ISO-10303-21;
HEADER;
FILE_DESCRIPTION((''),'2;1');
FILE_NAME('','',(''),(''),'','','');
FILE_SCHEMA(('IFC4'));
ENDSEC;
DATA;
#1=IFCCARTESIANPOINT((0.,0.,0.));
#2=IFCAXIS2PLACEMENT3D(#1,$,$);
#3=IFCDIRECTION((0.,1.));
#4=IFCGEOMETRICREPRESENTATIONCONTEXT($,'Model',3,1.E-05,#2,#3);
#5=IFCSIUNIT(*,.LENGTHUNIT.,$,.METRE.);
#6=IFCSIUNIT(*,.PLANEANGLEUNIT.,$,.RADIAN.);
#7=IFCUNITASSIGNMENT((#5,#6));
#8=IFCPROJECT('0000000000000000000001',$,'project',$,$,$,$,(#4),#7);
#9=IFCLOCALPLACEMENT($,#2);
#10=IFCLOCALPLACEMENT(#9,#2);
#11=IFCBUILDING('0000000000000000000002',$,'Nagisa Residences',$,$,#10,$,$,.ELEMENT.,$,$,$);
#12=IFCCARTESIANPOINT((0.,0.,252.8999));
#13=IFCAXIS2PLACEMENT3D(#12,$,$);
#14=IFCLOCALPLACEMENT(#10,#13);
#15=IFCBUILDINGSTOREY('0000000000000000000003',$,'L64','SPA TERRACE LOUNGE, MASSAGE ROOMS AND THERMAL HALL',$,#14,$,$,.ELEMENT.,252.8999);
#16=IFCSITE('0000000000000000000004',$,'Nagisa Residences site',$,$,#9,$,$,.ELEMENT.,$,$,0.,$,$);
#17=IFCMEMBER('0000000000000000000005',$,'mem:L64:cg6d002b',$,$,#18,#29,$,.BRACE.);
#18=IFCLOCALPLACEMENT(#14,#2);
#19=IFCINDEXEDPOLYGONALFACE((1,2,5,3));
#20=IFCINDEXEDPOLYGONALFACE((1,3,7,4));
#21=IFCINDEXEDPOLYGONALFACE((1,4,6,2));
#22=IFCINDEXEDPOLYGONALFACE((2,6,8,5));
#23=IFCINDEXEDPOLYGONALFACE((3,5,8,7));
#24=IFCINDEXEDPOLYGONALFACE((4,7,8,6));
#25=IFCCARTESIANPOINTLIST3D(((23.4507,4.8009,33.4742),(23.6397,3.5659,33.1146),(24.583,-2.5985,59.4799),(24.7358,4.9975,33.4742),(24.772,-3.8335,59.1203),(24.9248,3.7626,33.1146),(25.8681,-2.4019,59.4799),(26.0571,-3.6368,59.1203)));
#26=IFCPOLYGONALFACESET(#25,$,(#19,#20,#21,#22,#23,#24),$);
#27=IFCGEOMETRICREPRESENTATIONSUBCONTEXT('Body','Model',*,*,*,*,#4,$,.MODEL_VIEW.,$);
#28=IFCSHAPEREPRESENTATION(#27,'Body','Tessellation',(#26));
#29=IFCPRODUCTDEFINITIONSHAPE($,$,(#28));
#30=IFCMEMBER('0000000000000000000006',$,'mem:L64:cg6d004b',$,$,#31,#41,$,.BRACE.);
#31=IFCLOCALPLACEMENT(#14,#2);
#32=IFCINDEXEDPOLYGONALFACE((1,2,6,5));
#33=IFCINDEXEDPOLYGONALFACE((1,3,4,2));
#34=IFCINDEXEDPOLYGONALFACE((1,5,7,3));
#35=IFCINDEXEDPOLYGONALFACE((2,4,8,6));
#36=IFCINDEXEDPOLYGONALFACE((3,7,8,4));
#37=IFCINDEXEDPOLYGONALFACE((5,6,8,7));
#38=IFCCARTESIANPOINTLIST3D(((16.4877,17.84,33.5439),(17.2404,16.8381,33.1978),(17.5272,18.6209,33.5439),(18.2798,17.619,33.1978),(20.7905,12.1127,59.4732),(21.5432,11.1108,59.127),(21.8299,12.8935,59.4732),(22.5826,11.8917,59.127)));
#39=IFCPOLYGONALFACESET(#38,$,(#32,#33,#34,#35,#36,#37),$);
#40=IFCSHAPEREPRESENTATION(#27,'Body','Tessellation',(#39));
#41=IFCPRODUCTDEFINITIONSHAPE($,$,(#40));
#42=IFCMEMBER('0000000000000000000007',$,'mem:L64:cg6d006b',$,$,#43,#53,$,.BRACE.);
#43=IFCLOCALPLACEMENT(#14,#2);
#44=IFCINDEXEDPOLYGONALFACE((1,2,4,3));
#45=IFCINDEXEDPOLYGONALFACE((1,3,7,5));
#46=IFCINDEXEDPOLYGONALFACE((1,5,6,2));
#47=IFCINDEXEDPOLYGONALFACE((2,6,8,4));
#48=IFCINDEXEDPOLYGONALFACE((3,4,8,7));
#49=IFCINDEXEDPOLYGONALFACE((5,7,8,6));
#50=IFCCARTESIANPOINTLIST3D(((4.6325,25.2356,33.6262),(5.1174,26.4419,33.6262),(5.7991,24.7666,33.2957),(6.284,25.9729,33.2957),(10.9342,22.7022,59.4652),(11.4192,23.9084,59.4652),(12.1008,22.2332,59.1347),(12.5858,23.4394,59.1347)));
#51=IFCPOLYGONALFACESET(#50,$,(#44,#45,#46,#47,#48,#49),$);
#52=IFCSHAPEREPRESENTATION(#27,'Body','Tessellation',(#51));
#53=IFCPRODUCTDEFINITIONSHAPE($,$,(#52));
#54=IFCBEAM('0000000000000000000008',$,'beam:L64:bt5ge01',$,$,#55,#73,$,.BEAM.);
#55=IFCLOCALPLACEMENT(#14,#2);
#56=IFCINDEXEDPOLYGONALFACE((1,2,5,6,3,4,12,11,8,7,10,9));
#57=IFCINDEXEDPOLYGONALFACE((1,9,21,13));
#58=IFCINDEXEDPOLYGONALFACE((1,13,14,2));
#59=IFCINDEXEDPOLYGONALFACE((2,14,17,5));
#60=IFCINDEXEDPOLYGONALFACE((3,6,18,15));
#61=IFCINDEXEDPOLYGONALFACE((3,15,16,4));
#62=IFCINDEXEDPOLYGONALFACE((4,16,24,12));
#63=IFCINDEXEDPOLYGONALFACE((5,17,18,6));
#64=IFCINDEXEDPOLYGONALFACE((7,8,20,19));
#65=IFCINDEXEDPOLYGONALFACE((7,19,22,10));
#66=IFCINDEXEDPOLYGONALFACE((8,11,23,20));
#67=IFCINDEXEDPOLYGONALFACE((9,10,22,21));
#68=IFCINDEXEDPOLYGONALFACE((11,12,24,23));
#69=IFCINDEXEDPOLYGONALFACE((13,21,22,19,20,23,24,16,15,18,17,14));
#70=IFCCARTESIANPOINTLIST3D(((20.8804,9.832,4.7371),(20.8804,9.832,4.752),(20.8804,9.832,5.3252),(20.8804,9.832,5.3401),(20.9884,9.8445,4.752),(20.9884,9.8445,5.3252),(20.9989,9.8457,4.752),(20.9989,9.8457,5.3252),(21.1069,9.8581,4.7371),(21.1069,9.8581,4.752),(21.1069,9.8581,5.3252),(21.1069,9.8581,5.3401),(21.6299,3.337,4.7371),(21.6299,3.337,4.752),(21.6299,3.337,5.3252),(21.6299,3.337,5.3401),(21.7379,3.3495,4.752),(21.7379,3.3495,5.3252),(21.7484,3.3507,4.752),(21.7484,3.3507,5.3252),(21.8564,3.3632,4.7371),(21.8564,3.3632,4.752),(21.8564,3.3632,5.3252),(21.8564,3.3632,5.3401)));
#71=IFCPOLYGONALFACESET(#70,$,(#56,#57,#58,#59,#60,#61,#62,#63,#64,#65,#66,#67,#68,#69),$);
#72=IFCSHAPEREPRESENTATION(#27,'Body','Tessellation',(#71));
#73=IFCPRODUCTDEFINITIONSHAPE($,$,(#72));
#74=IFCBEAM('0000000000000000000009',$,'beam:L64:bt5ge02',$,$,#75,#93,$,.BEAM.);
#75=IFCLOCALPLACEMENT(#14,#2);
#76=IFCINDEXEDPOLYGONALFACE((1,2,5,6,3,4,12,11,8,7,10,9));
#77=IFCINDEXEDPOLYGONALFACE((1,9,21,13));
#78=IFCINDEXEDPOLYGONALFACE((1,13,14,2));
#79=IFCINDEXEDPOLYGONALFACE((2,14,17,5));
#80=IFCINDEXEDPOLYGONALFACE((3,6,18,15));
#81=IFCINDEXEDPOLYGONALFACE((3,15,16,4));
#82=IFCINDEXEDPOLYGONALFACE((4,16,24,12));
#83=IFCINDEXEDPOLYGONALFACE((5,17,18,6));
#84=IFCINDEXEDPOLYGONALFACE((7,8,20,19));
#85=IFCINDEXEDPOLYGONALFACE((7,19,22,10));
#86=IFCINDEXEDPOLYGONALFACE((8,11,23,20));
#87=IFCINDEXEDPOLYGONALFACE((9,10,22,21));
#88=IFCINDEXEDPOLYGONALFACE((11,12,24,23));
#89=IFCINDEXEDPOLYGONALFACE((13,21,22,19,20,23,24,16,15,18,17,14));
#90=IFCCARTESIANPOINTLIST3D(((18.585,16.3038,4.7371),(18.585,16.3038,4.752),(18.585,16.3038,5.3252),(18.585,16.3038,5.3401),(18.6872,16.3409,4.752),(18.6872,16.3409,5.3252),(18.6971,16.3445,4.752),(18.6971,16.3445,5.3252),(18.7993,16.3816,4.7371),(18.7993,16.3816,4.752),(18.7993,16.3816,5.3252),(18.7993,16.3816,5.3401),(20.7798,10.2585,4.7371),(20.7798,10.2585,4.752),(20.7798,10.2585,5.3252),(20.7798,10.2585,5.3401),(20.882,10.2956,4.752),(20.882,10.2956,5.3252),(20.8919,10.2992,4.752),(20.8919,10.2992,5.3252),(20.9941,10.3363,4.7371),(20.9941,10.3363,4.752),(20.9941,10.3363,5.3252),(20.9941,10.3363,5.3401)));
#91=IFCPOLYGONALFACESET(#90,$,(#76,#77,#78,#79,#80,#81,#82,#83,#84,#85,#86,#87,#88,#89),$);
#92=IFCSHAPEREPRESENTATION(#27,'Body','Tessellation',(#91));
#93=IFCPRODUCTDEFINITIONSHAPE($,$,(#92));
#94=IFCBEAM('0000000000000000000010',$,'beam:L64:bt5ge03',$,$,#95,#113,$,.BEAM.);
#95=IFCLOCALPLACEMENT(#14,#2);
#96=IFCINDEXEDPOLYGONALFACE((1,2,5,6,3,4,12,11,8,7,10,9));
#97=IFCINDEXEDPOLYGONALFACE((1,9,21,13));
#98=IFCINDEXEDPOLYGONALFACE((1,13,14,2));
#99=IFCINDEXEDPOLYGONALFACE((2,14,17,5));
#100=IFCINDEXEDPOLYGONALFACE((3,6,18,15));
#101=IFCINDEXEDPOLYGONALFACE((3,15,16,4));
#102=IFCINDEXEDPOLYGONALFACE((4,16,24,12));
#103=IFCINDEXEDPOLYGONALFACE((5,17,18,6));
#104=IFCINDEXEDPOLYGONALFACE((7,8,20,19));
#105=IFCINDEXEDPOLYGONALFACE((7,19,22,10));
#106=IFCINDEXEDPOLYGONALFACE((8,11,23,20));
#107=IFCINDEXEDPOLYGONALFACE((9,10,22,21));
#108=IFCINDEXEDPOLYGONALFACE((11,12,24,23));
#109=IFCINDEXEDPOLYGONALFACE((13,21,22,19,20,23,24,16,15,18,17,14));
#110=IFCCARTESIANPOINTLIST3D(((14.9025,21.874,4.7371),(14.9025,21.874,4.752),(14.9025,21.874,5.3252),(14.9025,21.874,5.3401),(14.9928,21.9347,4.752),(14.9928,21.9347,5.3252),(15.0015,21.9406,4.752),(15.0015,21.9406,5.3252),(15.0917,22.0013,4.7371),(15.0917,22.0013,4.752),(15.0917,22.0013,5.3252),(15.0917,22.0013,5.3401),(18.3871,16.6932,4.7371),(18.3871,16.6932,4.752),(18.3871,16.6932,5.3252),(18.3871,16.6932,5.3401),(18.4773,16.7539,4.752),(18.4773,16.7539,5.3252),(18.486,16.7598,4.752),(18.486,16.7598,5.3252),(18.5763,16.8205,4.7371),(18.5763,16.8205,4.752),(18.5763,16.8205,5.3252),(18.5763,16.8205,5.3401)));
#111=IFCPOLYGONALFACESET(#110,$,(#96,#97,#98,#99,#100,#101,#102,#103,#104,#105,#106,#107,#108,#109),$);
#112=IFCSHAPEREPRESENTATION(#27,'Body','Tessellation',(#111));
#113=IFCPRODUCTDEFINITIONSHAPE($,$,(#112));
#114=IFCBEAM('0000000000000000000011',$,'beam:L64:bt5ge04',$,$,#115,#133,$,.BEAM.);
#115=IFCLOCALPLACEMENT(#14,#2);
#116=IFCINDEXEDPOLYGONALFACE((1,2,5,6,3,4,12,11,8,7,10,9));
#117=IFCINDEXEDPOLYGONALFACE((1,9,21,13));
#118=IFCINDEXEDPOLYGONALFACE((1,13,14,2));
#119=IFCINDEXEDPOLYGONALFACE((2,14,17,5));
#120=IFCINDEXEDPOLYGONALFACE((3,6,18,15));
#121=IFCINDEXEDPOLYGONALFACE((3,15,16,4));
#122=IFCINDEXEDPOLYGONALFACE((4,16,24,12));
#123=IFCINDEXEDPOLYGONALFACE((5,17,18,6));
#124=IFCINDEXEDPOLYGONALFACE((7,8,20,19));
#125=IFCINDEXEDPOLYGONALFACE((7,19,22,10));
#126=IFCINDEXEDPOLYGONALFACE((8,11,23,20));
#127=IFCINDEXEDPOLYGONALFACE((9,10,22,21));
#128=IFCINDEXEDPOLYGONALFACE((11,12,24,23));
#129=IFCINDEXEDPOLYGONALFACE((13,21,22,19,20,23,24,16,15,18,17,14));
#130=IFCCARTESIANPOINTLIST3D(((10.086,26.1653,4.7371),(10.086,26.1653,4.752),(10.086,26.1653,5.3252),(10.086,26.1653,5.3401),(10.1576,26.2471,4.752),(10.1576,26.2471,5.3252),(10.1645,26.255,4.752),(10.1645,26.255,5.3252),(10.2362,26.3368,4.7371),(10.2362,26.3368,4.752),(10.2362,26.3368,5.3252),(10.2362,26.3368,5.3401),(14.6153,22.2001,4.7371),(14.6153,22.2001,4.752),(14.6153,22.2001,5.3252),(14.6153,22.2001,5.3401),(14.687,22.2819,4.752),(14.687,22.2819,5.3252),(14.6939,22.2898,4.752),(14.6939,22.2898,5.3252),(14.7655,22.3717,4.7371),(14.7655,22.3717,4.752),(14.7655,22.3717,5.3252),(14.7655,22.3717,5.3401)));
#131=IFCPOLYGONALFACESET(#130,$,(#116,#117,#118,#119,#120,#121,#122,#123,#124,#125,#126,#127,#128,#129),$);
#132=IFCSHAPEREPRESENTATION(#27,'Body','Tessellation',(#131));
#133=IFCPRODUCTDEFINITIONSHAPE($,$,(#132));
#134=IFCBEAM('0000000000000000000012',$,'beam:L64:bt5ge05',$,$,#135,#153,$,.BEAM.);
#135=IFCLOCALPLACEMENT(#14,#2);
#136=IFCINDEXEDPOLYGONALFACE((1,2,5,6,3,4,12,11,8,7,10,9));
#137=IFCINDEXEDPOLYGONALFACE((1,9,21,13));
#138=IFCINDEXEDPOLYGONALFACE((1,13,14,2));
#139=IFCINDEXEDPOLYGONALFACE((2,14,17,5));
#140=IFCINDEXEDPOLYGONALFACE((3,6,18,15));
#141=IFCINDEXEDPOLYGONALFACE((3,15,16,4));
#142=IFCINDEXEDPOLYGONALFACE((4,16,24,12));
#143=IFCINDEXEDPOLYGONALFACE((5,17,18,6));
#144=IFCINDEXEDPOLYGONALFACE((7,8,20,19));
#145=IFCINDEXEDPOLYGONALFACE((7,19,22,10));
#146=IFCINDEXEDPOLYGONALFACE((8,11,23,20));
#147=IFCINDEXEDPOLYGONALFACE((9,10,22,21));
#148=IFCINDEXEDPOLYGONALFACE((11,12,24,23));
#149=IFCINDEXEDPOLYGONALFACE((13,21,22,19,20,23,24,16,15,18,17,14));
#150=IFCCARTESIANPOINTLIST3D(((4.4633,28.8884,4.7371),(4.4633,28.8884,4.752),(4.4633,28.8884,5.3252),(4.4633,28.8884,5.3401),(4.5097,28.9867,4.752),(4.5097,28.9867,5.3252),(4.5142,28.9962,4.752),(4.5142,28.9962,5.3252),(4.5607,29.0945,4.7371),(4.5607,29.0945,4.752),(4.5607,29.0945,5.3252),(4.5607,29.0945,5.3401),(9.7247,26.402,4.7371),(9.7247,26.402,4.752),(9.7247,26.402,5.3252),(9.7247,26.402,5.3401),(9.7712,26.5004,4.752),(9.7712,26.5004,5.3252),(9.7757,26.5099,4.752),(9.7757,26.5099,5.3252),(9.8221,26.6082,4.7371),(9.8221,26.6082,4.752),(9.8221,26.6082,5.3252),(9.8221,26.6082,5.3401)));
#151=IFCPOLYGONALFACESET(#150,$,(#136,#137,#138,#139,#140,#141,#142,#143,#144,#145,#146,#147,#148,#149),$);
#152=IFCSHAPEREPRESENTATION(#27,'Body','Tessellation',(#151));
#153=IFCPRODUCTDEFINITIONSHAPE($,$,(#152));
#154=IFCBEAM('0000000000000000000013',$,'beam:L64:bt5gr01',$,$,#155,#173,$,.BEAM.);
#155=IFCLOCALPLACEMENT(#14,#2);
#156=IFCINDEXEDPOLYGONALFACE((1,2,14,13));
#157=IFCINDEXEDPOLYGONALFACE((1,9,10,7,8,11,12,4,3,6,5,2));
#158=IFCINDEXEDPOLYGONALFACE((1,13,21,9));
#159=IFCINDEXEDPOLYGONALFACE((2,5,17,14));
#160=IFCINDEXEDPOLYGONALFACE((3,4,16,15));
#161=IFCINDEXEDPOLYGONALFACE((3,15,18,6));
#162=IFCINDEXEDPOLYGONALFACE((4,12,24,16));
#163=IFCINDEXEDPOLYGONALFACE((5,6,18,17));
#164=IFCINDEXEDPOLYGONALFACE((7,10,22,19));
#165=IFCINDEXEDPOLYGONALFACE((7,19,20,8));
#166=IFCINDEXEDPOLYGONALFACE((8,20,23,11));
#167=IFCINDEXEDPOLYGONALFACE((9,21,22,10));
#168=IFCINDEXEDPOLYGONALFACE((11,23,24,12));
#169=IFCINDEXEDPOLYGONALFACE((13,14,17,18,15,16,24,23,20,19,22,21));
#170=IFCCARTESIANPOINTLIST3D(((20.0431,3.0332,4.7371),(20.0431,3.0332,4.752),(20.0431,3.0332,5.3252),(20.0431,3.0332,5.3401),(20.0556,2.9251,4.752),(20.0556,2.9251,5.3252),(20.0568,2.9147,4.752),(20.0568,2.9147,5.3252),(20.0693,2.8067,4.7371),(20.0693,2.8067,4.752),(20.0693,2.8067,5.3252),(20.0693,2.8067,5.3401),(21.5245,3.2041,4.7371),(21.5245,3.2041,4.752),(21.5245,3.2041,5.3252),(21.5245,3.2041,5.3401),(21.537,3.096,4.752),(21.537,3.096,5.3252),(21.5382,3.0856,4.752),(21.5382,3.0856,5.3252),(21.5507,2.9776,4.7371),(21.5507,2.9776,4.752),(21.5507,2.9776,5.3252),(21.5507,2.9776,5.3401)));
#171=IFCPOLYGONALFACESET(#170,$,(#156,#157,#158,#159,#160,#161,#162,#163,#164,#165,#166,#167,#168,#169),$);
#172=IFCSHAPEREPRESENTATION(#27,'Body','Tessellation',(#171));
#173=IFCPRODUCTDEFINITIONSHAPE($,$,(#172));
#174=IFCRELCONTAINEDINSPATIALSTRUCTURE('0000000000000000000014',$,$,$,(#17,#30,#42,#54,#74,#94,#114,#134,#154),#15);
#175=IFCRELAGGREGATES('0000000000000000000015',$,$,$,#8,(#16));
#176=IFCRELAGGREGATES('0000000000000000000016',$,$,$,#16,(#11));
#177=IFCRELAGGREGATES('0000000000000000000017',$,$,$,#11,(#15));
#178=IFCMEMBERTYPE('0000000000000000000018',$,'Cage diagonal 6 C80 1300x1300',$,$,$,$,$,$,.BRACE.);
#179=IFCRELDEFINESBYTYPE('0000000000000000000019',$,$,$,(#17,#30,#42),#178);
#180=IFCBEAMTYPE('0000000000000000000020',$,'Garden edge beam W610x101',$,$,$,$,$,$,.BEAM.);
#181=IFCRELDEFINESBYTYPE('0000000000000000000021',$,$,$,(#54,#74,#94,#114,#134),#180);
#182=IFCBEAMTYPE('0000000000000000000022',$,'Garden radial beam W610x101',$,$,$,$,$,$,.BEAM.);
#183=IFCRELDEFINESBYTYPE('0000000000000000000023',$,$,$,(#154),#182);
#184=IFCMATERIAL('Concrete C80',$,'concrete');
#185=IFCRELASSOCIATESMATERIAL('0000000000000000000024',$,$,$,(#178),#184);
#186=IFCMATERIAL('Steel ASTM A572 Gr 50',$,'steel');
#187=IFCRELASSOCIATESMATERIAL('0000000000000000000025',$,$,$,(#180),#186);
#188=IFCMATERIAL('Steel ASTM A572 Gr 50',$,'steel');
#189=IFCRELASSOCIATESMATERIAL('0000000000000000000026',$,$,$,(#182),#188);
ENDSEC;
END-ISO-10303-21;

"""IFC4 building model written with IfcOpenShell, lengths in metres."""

from ifc_helpers import new_model, si_unit, direction, frame, origin, origin_2d, place, context, subcontext, project, spatial, rectangle, i_section, extrude, material, material_profile, profile_set, type_object, element, save


model = new_model("IFC4")

# Units and contexts
model_context = context("Model", 3, precision=1e-05, world=origin(), true_north=direction((0.0, 1.0)))
body_context = subcontext(model_context, "Body", "Model", "MODEL_VIEW")
ifc_project = project(units=[si_unit("LENGTHUNIT", "METRE"), si_unit("PLANEANGLEUNIT", "RADIAN")], contexts=[model_context])

# Site, building, storey
site_placement = place(None, origin())
site = spatial("IfcSite", under=ifc_project, at=site_placement, Name="Nagisa Residences site", CompositionType="ELEMENT", RefElevation=0.0)
building_placement = place(site_placement, origin())
building = spatial("IfcBuilding", under=site, at=building_placement, Name="Nagisa Residences", CompositionType="ELEMENT")
storey_placement = place(building_placement, frame((0.0, 0.0, 252.8999)))
storey = spatial("IfcBuildingStorey", under=building, at=storey_placement, Name="L64", Description="SPA TERRACE LOUNGE, MASSAGE ROOMS AND THERMAL HALL", CompositionType="ELEMENT", Elevation=252.8999)

# Members
ifc_material_1 = material(Name="Concrete C80", Category="concrete")
ifc_material_profile_1 = material_profile(ifc_material_1, rectangle(XDim=1.3, YDim=1.3, at=origin_2d()), Name="C80 1300x1300")
ifc_profile_set_1 = profile_set([ifc_material_profile_1], Name="Concrete C80")
member_type = type_object("IfcMemberType", Name="Cage diagonal 6 C80 1300x1300", PredefinedType="BRACE", material=ifc_profile_set_1)
member_1_placement = place(storey_placement, frame((24.1877, 4.2817, 33.2944), z_axis=(0.041843, -0.273429, 0.960982), x_axis=(0.988493, 0.151268, 0.0)))
element("IfcMember", 1, at=member_1_placement, inside=storey, type_object=member_type, Name="mem:L64:cg6d002b", PredefinedType="BRACE", context=body_context, shape_type="SweptSolid", body=[
    extrude(rectangle(XDim=1.3, YDim=1.3, at=origin_2d()), origin(), (0.0, 0.0, 1.0), 27.0615),
])
member_2_placement = place(storey_placement, frame((17.3838, 17.7295, 33.3708), z_axis=(0.15995, -0.212906, 0.963892), x_axis=(0.799513, 0.600649, 0.0)))
element("IfcMember", 2, at=member_2_placement, inside=storey, type_object=member_type, Name="mem:L64:cg6d004b", PredefinedType="BRACE", context=body_context, shape_type="SweptSolid", body=[
    extrude(rectangle(XDim=1.3, YDim=1.3, at=origin_2d()), origin(), (0.0, 0.0, 1.0), 26.9006),
])
member_3_placement = place(storey_placement, frame((5.4583, 25.6042, 33.4609), z_axis=(0.235872, -0.094826, 0.967147), x_axis=(0.373008, 0.927828, 0.0)))
element("IfcMember", 3, at=member_3_placement, inside=storey, type_object=member_type, Name="mem:L64:cg6d006b", PredefinedType="BRACE", context=body_context, shape_type="SweptSolid", body=[
    extrude(rectangle(XDim=1.3, YDim=1.3, at=origin_2d()), origin(), (0.0, 0.0, 1.0), 26.7168),
])

# Beams
ifc_material_2 = material(Name="Steel ASTM A572 Gr 50", Category="steel")
ifc_material_profile_2 = material_profile(ifc_material_2, i_section(OverallWidth=0.228, OverallDepth=0.603, WebThickness=0.0105, FlangeThickness=0.0149, at=origin_2d()), Name="W610x101")
ifc_profile_set_2 = profile_set([ifc_material_profile_2], Name="Steel ASTM A572 Gr 50")
beam_type_1 = type_object("IfcBeamType", Name="Garden edge beam W610x101", PredefinedType="BEAM", material=ifc_profile_set_2)
beam_1_placement = place(storey_placement, frame((21.7432, 3.3501, 5.0386), z_axis=(-0.11464, 0.993407, 0.0), x_axis=(-0.993407, -0.11464, 0.0)))
element("IfcBeam", 4, at=beam_1_placement, inside=storey, type_object=beam_type_1, Name="beam:L64:bt5ge01", PredefinedType="BEAM", context=body_context, shape_type="SweptSolid", body=[
    extrude(i_section(OverallWidth=0.228, OverallDepth=0.603, WebThickness=0.0105, FlangeThickness=0.0149, at=origin_2d()), origin(), (0.0, 0.0, 1.0), 6.5381),
])
beam_2_placement = place(storey_placement, frame((20.887, 10.2974, 5.0386), z_axis=(-0.341261, 0.939968, 0.0), x_axis=(-0.939968, -0.341261, 0.0)))
element("IfcBeam", 5, at=beam_2_placement, inside=storey, type_object=beam_type_1, Name="beam:L64:bt5ge02", PredefinedType="BEAM", context=body_context, shape_type="SweptSolid", body=[
    extrude(i_section(OverallWidth=0.228, OverallDepth=0.603, WebThickness=0.0105, FlangeThickness=0.0149, at=origin_2d()), origin(), (0.0, 0.0, 1.0), 6.4314),
])
beam_3_placement = place(storey_placement, frame((18.4817, 16.7568, 5.0386), z_axis=(-0.558097, 0.829775, 0.0), x_axis=(-0.829775, -0.558097, 0.0)))
element("IfcBeam", 6, at=beam_3_placement, inside=storey, type_object=beam_type_1, Name="beam:L64:bt5ge03", PredefinedType="BEAM", context=body_context, shape_type="SweptSolid", body=[
    extrude(i_section(OverallWidth=0.228, OverallDepth=0.603, WebThickness=0.0105, FlangeThickness=0.0149, at=origin_2d()), origin(), (0.0, 0.0, 1.0), 6.2437),
])
beam_4_placement = place(storey_placement, frame((14.6904, 22.2859, 5.0386), z_axis=(-0.752416, 0.658688, 0.0), x_axis=(-0.658688, -0.752416, 0.0)))
element("IfcBeam", 7, at=beam_4_placement, inside=storey, type_object=beam_type_1, Name="beam:L64:bt5ge04", PredefinedType="BEAM", context=body_context, shape_type="SweptSolid", body=[
    extrude(i_section(OverallWidth=0.228, OverallDepth=0.603, WebThickness=0.0105, FlangeThickness=0.0149, at=origin_2d()), origin(), (0.0, 0.0, 1.0), 6.0198),
])
beam_5_placement = place(storey_placement, frame((9.7734, 26.5051, 5.0386), z_axis=(-0.904133, 0.427251, 0.0), x_axis=(-0.427251, -0.904133, 0.0)))
element("IfcBeam", 8, at=beam_5_placement, inside=storey, type_object=beam_type_1, Name="beam:L64:bt5ge05", PredefinedType="BEAM", context=body_context, shape_type="SweptSolid", body=[
    extrude(i_section(OverallWidth=0.228, OverallDepth=0.603, WebThickness=0.0105, FlangeThickness=0.0149, at=origin_2d()), origin(), (0.0, 0.0, 1.0), 5.8193),
])
ifc_material_3 = material(Name="Steel ASTM A572 Gr 50", Category="steel")
ifc_material_profile_3 = material_profile(ifc_material_3, i_section(OverallWidth=0.228, OverallDepth=0.603, WebThickness=0.0105, FlangeThickness=0.0149, at=origin_2d()), Name="W610x101")
ifc_profile_set_3 = profile_set([ifc_material_profile_3], Name="Steel ASTM A572 Gr 50")
beam_type_2 = type_object("IfcBeamType", Name="Garden radial beam W610x101", PredefinedType="BEAM", material=ifc_profile_set_3)
beam_6_placement = place(storey_placement, frame((21.5376, 3.0908, 5.0386), z_axis=(-0.993412, -0.114599, 0.0), x_axis=(0.114599, -0.993412, 0.0)))
element("IfcBeam", 9, at=beam_6_placement, inside=storey, type_object=beam_type_2, Name="beam:L64:bt5gr01", PredefinedType="BEAM", context=body_context, shape_type="SweptSolid", body=[
    extrude(i_section(OverallWidth=0.228, OverallDepth=0.603, WebThickness=0.0105, FlangeThickness=0.0149, at=origin_2d()), origin(), (0.0, 0.0, 1.0), 1.4912),
])

save(model, "model.ifc")
